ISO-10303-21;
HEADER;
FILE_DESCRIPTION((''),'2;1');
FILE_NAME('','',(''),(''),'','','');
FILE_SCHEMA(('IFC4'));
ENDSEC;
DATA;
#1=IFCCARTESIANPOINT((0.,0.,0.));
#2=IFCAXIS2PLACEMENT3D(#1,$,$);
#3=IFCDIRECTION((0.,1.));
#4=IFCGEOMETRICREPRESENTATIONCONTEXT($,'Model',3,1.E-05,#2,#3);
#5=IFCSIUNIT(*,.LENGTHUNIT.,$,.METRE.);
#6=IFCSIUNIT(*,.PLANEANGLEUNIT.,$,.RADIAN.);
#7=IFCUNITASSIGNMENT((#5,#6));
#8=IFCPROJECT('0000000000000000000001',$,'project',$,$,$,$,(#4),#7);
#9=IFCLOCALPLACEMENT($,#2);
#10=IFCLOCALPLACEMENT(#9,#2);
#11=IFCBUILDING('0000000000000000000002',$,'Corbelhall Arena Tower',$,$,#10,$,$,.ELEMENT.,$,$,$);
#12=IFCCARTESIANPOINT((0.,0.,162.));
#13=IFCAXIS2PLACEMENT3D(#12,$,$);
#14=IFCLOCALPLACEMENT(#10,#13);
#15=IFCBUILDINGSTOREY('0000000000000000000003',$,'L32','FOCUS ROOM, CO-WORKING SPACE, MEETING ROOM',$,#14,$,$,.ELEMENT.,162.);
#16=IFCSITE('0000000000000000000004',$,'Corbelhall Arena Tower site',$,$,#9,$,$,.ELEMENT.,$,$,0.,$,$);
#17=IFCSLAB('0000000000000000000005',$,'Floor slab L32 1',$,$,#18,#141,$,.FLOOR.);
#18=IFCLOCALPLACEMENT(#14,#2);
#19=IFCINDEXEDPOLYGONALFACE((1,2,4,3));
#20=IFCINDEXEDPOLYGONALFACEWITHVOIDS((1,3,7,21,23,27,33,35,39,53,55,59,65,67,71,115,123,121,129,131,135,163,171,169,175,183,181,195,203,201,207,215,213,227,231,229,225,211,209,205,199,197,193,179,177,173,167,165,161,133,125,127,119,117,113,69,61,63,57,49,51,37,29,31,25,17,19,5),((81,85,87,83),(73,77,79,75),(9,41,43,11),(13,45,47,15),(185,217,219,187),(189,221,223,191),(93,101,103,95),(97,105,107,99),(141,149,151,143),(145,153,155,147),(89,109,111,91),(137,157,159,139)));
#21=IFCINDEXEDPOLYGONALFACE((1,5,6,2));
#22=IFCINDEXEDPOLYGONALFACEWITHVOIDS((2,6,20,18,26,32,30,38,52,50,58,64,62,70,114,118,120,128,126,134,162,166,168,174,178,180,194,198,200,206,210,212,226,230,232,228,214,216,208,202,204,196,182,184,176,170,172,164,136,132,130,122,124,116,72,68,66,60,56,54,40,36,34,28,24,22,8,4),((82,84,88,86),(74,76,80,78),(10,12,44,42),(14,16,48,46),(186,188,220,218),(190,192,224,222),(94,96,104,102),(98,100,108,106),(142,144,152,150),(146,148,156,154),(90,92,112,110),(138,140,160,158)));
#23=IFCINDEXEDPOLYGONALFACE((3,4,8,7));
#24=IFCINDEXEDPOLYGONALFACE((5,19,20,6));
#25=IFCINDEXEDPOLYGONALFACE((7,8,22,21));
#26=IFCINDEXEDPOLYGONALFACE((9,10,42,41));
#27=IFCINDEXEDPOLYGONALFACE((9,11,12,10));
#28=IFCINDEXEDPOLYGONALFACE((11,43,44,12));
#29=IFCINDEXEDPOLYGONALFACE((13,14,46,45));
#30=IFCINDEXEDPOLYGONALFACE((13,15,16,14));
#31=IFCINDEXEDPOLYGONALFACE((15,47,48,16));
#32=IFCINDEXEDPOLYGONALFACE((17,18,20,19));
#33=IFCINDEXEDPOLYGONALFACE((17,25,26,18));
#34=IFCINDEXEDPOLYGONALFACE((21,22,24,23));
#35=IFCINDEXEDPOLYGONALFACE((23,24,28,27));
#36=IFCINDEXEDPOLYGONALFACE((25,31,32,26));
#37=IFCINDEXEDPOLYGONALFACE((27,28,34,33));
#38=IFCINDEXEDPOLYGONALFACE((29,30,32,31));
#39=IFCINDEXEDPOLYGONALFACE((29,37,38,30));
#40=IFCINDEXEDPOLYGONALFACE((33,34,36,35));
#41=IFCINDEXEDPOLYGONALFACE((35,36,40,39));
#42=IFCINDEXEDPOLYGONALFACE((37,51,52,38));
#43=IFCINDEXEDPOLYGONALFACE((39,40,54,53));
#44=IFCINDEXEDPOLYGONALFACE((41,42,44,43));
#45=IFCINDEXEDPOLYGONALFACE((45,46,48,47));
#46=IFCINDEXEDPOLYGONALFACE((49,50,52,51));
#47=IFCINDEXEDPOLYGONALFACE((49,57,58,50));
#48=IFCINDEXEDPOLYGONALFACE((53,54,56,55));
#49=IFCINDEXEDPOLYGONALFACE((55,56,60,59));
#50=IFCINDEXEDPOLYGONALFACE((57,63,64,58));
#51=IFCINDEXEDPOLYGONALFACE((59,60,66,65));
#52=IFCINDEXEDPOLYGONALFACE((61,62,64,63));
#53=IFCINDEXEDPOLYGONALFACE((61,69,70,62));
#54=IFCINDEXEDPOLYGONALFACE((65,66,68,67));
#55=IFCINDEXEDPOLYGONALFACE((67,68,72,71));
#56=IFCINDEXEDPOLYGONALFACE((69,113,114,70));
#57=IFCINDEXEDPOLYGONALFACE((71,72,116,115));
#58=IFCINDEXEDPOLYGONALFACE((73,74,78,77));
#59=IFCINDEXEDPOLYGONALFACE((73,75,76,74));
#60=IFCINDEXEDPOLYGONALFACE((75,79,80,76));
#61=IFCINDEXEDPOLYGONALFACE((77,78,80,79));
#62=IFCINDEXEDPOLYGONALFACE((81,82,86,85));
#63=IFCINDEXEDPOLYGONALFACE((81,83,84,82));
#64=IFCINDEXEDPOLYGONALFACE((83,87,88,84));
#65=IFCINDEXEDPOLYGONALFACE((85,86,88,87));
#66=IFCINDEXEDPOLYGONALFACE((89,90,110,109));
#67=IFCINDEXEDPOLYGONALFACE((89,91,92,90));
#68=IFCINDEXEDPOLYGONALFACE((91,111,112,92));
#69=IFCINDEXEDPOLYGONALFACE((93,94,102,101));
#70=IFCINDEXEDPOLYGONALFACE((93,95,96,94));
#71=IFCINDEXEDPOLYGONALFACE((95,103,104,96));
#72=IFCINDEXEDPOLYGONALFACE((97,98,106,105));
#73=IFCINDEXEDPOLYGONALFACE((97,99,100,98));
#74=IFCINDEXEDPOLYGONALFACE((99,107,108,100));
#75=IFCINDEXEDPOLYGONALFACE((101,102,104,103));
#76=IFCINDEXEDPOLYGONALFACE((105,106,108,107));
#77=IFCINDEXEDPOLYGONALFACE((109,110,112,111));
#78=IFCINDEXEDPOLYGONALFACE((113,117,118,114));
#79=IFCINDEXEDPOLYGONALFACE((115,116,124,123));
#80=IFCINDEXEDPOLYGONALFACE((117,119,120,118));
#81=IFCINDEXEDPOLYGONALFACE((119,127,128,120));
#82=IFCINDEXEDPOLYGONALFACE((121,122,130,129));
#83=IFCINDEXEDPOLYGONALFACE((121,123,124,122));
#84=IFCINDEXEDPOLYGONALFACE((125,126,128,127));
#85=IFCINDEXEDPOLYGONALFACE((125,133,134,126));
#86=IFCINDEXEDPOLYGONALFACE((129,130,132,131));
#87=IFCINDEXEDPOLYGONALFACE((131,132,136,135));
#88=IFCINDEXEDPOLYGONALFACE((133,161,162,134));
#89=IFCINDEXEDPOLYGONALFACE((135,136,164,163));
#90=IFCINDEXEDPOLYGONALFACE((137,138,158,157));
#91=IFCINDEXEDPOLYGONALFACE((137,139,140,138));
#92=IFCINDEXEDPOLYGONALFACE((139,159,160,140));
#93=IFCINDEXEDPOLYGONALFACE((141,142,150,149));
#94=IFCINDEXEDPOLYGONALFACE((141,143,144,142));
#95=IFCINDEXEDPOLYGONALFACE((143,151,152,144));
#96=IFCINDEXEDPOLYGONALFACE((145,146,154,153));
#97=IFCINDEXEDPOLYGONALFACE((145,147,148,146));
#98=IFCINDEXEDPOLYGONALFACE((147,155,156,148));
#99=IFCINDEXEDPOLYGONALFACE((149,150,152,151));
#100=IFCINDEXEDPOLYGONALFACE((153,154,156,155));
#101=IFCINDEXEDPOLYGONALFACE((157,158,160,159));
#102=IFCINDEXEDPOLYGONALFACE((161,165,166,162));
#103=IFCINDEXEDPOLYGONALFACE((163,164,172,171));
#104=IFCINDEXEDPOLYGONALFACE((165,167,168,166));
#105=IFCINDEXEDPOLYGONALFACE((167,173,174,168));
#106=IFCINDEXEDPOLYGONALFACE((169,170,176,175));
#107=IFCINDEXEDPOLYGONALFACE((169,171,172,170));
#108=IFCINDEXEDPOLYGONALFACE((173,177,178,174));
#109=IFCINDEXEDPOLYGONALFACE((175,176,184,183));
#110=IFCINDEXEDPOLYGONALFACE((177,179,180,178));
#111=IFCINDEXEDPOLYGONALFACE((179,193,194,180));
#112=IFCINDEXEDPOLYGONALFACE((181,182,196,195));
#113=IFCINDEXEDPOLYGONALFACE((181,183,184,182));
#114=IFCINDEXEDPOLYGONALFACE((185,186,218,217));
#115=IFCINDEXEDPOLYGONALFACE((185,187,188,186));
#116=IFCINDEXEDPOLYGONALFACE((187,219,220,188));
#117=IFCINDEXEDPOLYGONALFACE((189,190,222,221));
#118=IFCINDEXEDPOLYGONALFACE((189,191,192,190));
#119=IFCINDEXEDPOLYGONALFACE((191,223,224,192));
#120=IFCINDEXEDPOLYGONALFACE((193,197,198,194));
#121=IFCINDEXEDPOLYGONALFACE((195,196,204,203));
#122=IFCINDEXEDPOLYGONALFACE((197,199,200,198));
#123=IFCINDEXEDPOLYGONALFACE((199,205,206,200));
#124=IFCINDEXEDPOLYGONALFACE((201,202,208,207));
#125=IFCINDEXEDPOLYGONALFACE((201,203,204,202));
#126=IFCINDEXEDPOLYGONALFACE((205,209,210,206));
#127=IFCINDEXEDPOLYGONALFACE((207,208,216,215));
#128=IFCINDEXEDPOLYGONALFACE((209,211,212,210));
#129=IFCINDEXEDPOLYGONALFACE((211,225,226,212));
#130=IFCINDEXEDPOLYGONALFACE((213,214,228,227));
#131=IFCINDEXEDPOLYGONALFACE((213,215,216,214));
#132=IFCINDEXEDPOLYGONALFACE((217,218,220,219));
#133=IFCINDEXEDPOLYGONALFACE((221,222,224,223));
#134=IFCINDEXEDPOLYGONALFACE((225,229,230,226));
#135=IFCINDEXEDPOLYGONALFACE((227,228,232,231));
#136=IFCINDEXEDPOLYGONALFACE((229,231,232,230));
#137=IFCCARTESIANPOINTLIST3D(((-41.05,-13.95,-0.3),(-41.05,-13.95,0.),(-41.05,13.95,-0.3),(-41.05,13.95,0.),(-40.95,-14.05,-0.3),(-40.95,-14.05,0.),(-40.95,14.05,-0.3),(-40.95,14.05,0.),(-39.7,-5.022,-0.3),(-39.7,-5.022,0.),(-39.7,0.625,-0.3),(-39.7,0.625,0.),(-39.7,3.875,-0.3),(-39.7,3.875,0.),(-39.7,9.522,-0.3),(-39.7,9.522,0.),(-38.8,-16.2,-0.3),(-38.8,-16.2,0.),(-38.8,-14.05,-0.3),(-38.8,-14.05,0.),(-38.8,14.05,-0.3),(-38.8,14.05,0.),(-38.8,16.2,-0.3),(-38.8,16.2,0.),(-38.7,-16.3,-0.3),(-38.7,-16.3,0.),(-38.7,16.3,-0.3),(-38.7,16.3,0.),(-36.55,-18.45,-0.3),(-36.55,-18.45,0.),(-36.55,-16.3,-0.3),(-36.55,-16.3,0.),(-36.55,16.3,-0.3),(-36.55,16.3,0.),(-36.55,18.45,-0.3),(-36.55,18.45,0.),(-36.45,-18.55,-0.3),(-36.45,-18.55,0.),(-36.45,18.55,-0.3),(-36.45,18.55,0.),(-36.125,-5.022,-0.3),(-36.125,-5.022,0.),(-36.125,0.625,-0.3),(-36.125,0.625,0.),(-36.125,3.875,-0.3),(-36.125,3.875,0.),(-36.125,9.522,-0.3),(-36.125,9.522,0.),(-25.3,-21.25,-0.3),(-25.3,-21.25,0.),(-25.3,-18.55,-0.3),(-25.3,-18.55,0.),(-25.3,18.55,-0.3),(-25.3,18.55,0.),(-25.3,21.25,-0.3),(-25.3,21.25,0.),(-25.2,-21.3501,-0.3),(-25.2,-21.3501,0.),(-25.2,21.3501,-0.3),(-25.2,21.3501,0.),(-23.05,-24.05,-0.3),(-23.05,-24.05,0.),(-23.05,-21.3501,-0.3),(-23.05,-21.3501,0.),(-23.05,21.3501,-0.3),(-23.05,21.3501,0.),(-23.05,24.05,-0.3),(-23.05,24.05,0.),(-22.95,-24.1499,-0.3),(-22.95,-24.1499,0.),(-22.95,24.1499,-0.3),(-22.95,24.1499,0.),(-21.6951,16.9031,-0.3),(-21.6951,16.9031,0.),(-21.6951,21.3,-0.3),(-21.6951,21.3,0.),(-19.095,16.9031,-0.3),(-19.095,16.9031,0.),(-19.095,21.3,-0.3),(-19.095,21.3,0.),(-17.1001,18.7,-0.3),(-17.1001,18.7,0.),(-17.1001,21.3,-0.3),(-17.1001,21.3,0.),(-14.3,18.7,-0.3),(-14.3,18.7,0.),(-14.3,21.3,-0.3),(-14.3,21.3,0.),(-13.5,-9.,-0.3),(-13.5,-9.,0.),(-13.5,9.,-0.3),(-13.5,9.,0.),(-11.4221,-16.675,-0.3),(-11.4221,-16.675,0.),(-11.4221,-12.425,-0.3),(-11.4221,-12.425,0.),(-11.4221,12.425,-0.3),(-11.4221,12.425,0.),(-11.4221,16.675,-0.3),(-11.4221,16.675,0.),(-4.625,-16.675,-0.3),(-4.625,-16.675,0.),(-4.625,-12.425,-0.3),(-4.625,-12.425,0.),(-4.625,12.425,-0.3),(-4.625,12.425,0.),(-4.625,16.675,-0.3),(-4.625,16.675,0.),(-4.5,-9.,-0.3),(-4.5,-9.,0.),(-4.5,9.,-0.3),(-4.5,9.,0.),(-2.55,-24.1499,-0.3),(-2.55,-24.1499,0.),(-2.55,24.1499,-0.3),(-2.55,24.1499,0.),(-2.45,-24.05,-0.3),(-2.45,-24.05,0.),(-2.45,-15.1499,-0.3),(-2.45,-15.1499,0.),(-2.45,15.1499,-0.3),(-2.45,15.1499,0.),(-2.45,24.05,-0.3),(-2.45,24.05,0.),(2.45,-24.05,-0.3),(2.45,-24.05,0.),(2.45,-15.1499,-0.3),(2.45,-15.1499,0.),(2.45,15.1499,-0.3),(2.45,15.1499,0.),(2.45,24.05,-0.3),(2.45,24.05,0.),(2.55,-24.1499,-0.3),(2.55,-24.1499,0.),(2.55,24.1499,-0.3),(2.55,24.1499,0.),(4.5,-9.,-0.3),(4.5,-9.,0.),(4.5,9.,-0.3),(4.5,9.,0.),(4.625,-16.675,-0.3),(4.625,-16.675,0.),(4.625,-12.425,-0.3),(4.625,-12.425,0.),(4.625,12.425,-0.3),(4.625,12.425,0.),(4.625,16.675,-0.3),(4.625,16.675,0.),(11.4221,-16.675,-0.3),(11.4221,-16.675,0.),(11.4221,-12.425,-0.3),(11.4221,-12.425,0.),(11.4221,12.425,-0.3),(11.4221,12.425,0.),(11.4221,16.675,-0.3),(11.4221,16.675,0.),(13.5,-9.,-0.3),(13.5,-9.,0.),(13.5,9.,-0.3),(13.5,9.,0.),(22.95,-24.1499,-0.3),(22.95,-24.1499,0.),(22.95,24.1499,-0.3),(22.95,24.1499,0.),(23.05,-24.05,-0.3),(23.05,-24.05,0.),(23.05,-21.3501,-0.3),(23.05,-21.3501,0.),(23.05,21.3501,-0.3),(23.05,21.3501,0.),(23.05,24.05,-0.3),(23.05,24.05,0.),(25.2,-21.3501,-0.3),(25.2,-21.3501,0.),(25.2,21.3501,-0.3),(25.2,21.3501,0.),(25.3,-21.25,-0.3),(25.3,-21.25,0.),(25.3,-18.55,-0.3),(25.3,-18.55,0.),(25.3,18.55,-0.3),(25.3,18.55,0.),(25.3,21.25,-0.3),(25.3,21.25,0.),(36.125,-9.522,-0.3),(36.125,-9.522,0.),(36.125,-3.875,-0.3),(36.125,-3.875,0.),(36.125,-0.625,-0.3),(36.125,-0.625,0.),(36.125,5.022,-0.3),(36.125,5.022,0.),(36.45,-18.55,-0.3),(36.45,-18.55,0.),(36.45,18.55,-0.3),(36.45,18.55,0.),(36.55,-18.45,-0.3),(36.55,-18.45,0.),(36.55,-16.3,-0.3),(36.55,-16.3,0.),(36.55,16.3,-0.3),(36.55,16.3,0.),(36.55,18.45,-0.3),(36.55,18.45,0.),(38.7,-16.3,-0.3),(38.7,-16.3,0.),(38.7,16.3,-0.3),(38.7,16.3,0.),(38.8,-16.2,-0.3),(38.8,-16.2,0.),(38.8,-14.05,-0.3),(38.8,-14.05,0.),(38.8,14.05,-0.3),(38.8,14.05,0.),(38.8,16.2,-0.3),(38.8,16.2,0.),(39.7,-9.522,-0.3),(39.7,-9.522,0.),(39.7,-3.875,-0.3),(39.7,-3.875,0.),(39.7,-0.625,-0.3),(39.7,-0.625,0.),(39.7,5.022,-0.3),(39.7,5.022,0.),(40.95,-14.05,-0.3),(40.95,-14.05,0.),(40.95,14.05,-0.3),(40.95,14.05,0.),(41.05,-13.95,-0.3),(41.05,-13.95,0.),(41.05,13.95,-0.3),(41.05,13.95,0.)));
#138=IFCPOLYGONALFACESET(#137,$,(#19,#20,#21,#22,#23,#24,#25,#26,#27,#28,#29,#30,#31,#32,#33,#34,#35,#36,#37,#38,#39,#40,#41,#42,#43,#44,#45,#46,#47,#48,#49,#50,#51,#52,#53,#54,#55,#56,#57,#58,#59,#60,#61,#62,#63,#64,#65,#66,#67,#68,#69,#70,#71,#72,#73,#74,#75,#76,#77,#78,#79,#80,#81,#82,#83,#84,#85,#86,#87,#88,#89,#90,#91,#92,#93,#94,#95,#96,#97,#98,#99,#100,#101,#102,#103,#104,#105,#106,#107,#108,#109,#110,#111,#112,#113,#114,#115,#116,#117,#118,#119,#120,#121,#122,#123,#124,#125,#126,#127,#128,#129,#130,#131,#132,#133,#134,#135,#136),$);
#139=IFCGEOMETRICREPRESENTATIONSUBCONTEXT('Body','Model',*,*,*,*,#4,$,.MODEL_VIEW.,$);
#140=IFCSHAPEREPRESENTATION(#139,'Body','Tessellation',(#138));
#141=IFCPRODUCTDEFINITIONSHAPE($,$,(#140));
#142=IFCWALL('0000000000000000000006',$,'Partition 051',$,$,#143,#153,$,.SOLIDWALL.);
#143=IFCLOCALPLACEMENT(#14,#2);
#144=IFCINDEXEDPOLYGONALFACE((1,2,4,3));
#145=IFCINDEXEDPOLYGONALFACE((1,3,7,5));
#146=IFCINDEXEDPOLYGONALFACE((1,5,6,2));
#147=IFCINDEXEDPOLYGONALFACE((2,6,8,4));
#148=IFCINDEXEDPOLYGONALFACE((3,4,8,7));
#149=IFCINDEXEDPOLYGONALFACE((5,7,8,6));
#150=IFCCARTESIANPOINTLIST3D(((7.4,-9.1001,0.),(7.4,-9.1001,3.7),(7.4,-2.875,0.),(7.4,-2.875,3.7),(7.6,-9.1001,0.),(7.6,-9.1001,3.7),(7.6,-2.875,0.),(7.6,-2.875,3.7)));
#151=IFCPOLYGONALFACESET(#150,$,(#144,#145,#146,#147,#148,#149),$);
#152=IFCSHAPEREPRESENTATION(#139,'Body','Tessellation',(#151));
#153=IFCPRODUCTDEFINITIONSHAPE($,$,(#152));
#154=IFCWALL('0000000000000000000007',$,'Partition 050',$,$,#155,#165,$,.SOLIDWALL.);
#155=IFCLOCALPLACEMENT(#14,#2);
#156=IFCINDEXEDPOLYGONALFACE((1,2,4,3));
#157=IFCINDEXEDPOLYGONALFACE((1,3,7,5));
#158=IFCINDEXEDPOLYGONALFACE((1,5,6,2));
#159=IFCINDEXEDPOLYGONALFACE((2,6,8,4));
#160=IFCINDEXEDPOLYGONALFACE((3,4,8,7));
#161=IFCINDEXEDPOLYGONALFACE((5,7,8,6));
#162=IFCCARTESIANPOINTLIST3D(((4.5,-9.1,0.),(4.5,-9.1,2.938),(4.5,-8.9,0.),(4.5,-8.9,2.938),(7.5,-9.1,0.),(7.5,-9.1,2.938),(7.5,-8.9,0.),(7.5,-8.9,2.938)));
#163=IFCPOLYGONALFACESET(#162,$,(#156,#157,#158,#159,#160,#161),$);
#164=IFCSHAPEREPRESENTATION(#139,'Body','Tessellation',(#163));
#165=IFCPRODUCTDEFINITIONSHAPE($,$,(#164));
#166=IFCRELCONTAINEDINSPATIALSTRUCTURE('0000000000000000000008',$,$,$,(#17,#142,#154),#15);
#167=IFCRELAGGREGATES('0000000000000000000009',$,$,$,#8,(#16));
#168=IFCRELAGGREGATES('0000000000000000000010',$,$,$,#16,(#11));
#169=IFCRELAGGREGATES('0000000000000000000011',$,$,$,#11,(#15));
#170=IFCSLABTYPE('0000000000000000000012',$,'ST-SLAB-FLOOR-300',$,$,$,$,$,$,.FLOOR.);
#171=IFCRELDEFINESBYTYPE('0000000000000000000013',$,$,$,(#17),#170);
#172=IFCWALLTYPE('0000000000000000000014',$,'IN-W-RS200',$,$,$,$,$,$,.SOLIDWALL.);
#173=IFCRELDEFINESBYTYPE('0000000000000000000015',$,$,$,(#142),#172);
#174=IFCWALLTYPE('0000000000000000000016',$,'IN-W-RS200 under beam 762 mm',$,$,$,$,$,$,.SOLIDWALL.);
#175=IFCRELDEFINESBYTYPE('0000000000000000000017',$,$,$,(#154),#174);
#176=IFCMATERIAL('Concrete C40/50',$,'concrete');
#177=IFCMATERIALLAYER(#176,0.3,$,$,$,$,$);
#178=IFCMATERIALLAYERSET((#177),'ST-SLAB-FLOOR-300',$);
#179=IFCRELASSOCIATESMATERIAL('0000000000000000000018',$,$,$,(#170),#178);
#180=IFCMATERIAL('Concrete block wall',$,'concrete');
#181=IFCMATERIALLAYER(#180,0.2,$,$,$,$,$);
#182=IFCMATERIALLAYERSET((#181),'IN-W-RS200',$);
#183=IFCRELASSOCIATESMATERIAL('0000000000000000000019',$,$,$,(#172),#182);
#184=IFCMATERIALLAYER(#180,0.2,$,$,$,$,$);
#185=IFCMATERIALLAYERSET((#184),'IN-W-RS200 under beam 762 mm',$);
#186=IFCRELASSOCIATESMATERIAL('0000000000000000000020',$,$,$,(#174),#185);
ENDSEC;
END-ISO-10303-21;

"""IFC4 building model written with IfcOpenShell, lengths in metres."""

from ifc_helpers import new_model, si_unit, direction, frame, frame_2d, origin, place, context, subcontext, project, spatial, polyline, rectangle, outline, extrude, material, layer, layer_set, type_object, element, save


model = new_model("IFC4")

# Units and contexts
model_context = context("Model", 3, precision=1e-05, world=origin(), true_north=direction((0.0, 1.0)))
body_context = subcontext(model_context, "Body", "Model", "MODEL_VIEW")
ifc_project = project(units=[si_unit("LENGTHUNIT", "METRE"), si_unit("PLANEANGLEUNIT", "RADIAN")], contexts=[model_context])

# Site, building, storey
site_placement = place(None, origin())
site = spatial("IfcSite", under=ifc_project, at=site_placement, Name="Corbelhall Arena Tower site", CompositionType="ELEMENT", RefElevation=0.0)
building_placement = place(site_placement, origin())
building = spatial("IfcBuilding", under=site, at=building_placement, Name="Corbelhall Arena Tower", CompositionType="ELEMENT")
storey_placement = place(building_placement, frame((0.0, 0.0, 162.0)))
storey = spatial("IfcBuildingStorey", under=building, at=storey_placement, Name="L32", Description="FOCUS ROOM, CO-WORKING SPACE, MEETING ROOM", CompositionType="ELEMENT", Elevation=162.0)

# Shared definitions
ifc_material_1 = material(Name="Concrete C40/50", Category="concrete")

# Slab
ifc_layer_1 = layer(ifc_material_1, 0.3)
ifc_layer_set_1 = layer_set([ifc_layer_1], Name="ST-SLAB-FLOOR-300")
slab_type_1 = type_object("IfcSlabType", Name="ST-SLAB-FLOOR-300", PredefinedType="FLOOR", material=ifc_layer_set_1)
slab_1_placement = place(storey_placement, frame((0.0, 0.0, -0.3)))
element("IfcSlab", 1, at=slab_1_placement, inside=storey, type_object=slab_type_1, Name="Floor slab L32 1", PredefinedType="FLOOR", context=body_context, shape_type="SweptSolid", body=[
    extrude(outline(polyline([(25.3, 18.55), (25.3, 21.25), (25.2, 21.3501), (23.05, 21.3501), (23.05, 24.05), (22.95, 24.1499), (2.55, 24.1499), (2.45, 24.05), (2.45, 15.1499), (-2.45, 15.1499), (-2.45, 24.05), (-2.55, 24.1499), (-22.95, 24.1499), (-23.05, 24.05), (-23.05, 21.3501), (-25.2, 21.3501), (-25.3, 21.25), (-25.3, 18.55), (-36.45, 18.55), (-36.55, 18.45), (-36.55, 16.3), (-38.7, 16.3), (-38.8, 16.2), (-38.8, 14.05), (-40.95, 14.05), (-41.05, 13.95), (-41.05, -13.95), (-40.95, -14.05), (-38.8, -14.05), (-38.8, -16.2), (-38.7, -16.3), (-36.55, -16.3), (-36.55, -18.45), (-36.45, -18.55), (-25.3, -18.55), (-25.3, -21.25), (-25.2, -21.3501), (-23.05, -21.3501), (-23.05, -24.05), (-22.95, -24.1499), (-2.55, -24.1499), (-2.45, -24.05), (-2.45, -15.1499), (2.45, -15.1499), (2.45, -24.05), (2.55, -24.1499), (22.95, -24.1499), (23.05, -24.05), (23.05, -21.3501), (25.2, -21.3501), (25.3, -21.25), (25.3, -18.55), (36.45, -18.55), (36.55, -18.45), (36.55, -16.3), (38.7, -16.3), (38.8, -16.2), (38.8, -14.05), (40.95, -14.05), (41.05, -13.95), (41.05, 13.95), (40.95, 14.05), (38.8, 14.05), (38.8, 16.2), (38.7, 16.3), (36.55, 16.3), (36.55, 18.45), (36.45, 18.55), (25.3, 18.55)]), holes=[polyline([(-13.5, 9.0), (-13.5, -9.0), (-4.5, -9.0), (-4.5, 9.0), (-13.5, 9.0)]), polyline([(4.5, 9.0), (4.5, -9.0), (13.5, -9.0), (13.5, 9.0), (4.5, 9.0)]), polyline([(-4.625, 16.675), (-11.4221, 16.675), (-11.4221, 12.425), (-4.625, 12.425), (-4.625, 16.675)]), polyline([(-4.625, -16.675), (-4.625, -12.425), (-11.4221, -12.425), (-11.4221, -16.675), (-4.625, -16.675)]), polyline([(11.4221, 16.675), (4.625, 16.675), (4.625, 12.425), (11.4221, 12.425), (11.4221, 16.675)]), polyline([(11.4221, -16.675), (11.4221, -12.425), (4.625, -12.425), (4.625, -16.675), (11.4221, -16.675)]), polyline([(-36.125, 3.875), (-36.125, 9.522), (-39.7, 9.522), (-39.7, 3.875), (-36.125, 3.875)]), polyline([(-36.125, 0.625), (-39.7, 0.625), (-39.7, -5.022), (-36.125, -5.022), (-36.125, 0.625)]), polyline([(39.7, -9.522), (39.7, -3.875), (36.125, -3.875), (36.125, -9.522), (39.7, -9.522)]), polyline([(39.7, 5.022), (36.125, 5.022), (36.125, -0.625), (39.7, -0.625), (39.7, 5.022)]), polyline([(-21.6951, 21.3), (-21.6951, 16.9031), (-19.095, 16.9031), (-19.095, 21.3), (-21.6951, 21.3)]), polyline([(-14.3, 21.3), (-17.1001, 21.3), (-17.1001, 18.7), (-14.3, 18.7), (-14.3, 21.3)])]), origin(), (0.0, 0.0, 1.0), 0.3),
])

# Wall
ifc_material_2 = material(Name="Concrete block wall", Category="concrete")
ifc_layer_2 = layer(ifc_material_2, 0.2)
ifc_layer_set_2 = layer_set([ifc_layer_2], Name="IN-W-RS200")
wall_type_1 = type_object("IfcWallType", Name="IN-W-RS200", PredefinedType="SOLIDWALL", material=ifc_layer_set_2)
wall_1_placement = place(storey_placement, frame((7.5, -2.875, 0.0), z_axis=(0.0, 0.0, 1.0), x_axis=(0.0, -1.0, 0.0)))
element("IfcWall", 2, at=wall_1_placement, inside=storey, type_object=wall_type_1, Name="Partition 051", PredefinedType="SOLIDWALL", context=body_context, shape_type="SweptSolid", body=[
    extrude(rectangle(XDim=6.2251, YDim=0.2, at=frame_2d((3.1125, 0.0))), origin(), (0.0, 0.0, 1.0), 3.7),
])

# Shared definitions
ifc_layer_3 = layer(ifc_material_2, 0.2)
ifc_layer_set_3 = layer_set([ifc_layer_3], Name="IN-W-RS200 under beam 762 mm")
wall_type_2 = type_object("IfcWallType", Name="IN-W-RS200 under beam 762 mm", PredefinedType="SOLIDWALL", material=ifc_layer_set_3)

# Wall
wall_2_placement = place(storey_placement, frame((7.5, -9.0, 0.0), z_axis=(0.0, 0.0, 1.0), x_axis=(-1.0, 0.0, 0.0)))
element("IfcWall", 3, at=wall_2_placement, inside=storey, type_object=wall_type_2, Name="Partition 050", PredefinedType="SOLIDWALL", context=body_context, shape_type="SweptSolid", body=[
    extrude(rectangle(XDim=3.0, YDim=0.2, at=frame_2d((1.5, 0.0))), origin(), (0.0, 0.0, 1.0), 2.938),
])

save(model, "model.ifc")
